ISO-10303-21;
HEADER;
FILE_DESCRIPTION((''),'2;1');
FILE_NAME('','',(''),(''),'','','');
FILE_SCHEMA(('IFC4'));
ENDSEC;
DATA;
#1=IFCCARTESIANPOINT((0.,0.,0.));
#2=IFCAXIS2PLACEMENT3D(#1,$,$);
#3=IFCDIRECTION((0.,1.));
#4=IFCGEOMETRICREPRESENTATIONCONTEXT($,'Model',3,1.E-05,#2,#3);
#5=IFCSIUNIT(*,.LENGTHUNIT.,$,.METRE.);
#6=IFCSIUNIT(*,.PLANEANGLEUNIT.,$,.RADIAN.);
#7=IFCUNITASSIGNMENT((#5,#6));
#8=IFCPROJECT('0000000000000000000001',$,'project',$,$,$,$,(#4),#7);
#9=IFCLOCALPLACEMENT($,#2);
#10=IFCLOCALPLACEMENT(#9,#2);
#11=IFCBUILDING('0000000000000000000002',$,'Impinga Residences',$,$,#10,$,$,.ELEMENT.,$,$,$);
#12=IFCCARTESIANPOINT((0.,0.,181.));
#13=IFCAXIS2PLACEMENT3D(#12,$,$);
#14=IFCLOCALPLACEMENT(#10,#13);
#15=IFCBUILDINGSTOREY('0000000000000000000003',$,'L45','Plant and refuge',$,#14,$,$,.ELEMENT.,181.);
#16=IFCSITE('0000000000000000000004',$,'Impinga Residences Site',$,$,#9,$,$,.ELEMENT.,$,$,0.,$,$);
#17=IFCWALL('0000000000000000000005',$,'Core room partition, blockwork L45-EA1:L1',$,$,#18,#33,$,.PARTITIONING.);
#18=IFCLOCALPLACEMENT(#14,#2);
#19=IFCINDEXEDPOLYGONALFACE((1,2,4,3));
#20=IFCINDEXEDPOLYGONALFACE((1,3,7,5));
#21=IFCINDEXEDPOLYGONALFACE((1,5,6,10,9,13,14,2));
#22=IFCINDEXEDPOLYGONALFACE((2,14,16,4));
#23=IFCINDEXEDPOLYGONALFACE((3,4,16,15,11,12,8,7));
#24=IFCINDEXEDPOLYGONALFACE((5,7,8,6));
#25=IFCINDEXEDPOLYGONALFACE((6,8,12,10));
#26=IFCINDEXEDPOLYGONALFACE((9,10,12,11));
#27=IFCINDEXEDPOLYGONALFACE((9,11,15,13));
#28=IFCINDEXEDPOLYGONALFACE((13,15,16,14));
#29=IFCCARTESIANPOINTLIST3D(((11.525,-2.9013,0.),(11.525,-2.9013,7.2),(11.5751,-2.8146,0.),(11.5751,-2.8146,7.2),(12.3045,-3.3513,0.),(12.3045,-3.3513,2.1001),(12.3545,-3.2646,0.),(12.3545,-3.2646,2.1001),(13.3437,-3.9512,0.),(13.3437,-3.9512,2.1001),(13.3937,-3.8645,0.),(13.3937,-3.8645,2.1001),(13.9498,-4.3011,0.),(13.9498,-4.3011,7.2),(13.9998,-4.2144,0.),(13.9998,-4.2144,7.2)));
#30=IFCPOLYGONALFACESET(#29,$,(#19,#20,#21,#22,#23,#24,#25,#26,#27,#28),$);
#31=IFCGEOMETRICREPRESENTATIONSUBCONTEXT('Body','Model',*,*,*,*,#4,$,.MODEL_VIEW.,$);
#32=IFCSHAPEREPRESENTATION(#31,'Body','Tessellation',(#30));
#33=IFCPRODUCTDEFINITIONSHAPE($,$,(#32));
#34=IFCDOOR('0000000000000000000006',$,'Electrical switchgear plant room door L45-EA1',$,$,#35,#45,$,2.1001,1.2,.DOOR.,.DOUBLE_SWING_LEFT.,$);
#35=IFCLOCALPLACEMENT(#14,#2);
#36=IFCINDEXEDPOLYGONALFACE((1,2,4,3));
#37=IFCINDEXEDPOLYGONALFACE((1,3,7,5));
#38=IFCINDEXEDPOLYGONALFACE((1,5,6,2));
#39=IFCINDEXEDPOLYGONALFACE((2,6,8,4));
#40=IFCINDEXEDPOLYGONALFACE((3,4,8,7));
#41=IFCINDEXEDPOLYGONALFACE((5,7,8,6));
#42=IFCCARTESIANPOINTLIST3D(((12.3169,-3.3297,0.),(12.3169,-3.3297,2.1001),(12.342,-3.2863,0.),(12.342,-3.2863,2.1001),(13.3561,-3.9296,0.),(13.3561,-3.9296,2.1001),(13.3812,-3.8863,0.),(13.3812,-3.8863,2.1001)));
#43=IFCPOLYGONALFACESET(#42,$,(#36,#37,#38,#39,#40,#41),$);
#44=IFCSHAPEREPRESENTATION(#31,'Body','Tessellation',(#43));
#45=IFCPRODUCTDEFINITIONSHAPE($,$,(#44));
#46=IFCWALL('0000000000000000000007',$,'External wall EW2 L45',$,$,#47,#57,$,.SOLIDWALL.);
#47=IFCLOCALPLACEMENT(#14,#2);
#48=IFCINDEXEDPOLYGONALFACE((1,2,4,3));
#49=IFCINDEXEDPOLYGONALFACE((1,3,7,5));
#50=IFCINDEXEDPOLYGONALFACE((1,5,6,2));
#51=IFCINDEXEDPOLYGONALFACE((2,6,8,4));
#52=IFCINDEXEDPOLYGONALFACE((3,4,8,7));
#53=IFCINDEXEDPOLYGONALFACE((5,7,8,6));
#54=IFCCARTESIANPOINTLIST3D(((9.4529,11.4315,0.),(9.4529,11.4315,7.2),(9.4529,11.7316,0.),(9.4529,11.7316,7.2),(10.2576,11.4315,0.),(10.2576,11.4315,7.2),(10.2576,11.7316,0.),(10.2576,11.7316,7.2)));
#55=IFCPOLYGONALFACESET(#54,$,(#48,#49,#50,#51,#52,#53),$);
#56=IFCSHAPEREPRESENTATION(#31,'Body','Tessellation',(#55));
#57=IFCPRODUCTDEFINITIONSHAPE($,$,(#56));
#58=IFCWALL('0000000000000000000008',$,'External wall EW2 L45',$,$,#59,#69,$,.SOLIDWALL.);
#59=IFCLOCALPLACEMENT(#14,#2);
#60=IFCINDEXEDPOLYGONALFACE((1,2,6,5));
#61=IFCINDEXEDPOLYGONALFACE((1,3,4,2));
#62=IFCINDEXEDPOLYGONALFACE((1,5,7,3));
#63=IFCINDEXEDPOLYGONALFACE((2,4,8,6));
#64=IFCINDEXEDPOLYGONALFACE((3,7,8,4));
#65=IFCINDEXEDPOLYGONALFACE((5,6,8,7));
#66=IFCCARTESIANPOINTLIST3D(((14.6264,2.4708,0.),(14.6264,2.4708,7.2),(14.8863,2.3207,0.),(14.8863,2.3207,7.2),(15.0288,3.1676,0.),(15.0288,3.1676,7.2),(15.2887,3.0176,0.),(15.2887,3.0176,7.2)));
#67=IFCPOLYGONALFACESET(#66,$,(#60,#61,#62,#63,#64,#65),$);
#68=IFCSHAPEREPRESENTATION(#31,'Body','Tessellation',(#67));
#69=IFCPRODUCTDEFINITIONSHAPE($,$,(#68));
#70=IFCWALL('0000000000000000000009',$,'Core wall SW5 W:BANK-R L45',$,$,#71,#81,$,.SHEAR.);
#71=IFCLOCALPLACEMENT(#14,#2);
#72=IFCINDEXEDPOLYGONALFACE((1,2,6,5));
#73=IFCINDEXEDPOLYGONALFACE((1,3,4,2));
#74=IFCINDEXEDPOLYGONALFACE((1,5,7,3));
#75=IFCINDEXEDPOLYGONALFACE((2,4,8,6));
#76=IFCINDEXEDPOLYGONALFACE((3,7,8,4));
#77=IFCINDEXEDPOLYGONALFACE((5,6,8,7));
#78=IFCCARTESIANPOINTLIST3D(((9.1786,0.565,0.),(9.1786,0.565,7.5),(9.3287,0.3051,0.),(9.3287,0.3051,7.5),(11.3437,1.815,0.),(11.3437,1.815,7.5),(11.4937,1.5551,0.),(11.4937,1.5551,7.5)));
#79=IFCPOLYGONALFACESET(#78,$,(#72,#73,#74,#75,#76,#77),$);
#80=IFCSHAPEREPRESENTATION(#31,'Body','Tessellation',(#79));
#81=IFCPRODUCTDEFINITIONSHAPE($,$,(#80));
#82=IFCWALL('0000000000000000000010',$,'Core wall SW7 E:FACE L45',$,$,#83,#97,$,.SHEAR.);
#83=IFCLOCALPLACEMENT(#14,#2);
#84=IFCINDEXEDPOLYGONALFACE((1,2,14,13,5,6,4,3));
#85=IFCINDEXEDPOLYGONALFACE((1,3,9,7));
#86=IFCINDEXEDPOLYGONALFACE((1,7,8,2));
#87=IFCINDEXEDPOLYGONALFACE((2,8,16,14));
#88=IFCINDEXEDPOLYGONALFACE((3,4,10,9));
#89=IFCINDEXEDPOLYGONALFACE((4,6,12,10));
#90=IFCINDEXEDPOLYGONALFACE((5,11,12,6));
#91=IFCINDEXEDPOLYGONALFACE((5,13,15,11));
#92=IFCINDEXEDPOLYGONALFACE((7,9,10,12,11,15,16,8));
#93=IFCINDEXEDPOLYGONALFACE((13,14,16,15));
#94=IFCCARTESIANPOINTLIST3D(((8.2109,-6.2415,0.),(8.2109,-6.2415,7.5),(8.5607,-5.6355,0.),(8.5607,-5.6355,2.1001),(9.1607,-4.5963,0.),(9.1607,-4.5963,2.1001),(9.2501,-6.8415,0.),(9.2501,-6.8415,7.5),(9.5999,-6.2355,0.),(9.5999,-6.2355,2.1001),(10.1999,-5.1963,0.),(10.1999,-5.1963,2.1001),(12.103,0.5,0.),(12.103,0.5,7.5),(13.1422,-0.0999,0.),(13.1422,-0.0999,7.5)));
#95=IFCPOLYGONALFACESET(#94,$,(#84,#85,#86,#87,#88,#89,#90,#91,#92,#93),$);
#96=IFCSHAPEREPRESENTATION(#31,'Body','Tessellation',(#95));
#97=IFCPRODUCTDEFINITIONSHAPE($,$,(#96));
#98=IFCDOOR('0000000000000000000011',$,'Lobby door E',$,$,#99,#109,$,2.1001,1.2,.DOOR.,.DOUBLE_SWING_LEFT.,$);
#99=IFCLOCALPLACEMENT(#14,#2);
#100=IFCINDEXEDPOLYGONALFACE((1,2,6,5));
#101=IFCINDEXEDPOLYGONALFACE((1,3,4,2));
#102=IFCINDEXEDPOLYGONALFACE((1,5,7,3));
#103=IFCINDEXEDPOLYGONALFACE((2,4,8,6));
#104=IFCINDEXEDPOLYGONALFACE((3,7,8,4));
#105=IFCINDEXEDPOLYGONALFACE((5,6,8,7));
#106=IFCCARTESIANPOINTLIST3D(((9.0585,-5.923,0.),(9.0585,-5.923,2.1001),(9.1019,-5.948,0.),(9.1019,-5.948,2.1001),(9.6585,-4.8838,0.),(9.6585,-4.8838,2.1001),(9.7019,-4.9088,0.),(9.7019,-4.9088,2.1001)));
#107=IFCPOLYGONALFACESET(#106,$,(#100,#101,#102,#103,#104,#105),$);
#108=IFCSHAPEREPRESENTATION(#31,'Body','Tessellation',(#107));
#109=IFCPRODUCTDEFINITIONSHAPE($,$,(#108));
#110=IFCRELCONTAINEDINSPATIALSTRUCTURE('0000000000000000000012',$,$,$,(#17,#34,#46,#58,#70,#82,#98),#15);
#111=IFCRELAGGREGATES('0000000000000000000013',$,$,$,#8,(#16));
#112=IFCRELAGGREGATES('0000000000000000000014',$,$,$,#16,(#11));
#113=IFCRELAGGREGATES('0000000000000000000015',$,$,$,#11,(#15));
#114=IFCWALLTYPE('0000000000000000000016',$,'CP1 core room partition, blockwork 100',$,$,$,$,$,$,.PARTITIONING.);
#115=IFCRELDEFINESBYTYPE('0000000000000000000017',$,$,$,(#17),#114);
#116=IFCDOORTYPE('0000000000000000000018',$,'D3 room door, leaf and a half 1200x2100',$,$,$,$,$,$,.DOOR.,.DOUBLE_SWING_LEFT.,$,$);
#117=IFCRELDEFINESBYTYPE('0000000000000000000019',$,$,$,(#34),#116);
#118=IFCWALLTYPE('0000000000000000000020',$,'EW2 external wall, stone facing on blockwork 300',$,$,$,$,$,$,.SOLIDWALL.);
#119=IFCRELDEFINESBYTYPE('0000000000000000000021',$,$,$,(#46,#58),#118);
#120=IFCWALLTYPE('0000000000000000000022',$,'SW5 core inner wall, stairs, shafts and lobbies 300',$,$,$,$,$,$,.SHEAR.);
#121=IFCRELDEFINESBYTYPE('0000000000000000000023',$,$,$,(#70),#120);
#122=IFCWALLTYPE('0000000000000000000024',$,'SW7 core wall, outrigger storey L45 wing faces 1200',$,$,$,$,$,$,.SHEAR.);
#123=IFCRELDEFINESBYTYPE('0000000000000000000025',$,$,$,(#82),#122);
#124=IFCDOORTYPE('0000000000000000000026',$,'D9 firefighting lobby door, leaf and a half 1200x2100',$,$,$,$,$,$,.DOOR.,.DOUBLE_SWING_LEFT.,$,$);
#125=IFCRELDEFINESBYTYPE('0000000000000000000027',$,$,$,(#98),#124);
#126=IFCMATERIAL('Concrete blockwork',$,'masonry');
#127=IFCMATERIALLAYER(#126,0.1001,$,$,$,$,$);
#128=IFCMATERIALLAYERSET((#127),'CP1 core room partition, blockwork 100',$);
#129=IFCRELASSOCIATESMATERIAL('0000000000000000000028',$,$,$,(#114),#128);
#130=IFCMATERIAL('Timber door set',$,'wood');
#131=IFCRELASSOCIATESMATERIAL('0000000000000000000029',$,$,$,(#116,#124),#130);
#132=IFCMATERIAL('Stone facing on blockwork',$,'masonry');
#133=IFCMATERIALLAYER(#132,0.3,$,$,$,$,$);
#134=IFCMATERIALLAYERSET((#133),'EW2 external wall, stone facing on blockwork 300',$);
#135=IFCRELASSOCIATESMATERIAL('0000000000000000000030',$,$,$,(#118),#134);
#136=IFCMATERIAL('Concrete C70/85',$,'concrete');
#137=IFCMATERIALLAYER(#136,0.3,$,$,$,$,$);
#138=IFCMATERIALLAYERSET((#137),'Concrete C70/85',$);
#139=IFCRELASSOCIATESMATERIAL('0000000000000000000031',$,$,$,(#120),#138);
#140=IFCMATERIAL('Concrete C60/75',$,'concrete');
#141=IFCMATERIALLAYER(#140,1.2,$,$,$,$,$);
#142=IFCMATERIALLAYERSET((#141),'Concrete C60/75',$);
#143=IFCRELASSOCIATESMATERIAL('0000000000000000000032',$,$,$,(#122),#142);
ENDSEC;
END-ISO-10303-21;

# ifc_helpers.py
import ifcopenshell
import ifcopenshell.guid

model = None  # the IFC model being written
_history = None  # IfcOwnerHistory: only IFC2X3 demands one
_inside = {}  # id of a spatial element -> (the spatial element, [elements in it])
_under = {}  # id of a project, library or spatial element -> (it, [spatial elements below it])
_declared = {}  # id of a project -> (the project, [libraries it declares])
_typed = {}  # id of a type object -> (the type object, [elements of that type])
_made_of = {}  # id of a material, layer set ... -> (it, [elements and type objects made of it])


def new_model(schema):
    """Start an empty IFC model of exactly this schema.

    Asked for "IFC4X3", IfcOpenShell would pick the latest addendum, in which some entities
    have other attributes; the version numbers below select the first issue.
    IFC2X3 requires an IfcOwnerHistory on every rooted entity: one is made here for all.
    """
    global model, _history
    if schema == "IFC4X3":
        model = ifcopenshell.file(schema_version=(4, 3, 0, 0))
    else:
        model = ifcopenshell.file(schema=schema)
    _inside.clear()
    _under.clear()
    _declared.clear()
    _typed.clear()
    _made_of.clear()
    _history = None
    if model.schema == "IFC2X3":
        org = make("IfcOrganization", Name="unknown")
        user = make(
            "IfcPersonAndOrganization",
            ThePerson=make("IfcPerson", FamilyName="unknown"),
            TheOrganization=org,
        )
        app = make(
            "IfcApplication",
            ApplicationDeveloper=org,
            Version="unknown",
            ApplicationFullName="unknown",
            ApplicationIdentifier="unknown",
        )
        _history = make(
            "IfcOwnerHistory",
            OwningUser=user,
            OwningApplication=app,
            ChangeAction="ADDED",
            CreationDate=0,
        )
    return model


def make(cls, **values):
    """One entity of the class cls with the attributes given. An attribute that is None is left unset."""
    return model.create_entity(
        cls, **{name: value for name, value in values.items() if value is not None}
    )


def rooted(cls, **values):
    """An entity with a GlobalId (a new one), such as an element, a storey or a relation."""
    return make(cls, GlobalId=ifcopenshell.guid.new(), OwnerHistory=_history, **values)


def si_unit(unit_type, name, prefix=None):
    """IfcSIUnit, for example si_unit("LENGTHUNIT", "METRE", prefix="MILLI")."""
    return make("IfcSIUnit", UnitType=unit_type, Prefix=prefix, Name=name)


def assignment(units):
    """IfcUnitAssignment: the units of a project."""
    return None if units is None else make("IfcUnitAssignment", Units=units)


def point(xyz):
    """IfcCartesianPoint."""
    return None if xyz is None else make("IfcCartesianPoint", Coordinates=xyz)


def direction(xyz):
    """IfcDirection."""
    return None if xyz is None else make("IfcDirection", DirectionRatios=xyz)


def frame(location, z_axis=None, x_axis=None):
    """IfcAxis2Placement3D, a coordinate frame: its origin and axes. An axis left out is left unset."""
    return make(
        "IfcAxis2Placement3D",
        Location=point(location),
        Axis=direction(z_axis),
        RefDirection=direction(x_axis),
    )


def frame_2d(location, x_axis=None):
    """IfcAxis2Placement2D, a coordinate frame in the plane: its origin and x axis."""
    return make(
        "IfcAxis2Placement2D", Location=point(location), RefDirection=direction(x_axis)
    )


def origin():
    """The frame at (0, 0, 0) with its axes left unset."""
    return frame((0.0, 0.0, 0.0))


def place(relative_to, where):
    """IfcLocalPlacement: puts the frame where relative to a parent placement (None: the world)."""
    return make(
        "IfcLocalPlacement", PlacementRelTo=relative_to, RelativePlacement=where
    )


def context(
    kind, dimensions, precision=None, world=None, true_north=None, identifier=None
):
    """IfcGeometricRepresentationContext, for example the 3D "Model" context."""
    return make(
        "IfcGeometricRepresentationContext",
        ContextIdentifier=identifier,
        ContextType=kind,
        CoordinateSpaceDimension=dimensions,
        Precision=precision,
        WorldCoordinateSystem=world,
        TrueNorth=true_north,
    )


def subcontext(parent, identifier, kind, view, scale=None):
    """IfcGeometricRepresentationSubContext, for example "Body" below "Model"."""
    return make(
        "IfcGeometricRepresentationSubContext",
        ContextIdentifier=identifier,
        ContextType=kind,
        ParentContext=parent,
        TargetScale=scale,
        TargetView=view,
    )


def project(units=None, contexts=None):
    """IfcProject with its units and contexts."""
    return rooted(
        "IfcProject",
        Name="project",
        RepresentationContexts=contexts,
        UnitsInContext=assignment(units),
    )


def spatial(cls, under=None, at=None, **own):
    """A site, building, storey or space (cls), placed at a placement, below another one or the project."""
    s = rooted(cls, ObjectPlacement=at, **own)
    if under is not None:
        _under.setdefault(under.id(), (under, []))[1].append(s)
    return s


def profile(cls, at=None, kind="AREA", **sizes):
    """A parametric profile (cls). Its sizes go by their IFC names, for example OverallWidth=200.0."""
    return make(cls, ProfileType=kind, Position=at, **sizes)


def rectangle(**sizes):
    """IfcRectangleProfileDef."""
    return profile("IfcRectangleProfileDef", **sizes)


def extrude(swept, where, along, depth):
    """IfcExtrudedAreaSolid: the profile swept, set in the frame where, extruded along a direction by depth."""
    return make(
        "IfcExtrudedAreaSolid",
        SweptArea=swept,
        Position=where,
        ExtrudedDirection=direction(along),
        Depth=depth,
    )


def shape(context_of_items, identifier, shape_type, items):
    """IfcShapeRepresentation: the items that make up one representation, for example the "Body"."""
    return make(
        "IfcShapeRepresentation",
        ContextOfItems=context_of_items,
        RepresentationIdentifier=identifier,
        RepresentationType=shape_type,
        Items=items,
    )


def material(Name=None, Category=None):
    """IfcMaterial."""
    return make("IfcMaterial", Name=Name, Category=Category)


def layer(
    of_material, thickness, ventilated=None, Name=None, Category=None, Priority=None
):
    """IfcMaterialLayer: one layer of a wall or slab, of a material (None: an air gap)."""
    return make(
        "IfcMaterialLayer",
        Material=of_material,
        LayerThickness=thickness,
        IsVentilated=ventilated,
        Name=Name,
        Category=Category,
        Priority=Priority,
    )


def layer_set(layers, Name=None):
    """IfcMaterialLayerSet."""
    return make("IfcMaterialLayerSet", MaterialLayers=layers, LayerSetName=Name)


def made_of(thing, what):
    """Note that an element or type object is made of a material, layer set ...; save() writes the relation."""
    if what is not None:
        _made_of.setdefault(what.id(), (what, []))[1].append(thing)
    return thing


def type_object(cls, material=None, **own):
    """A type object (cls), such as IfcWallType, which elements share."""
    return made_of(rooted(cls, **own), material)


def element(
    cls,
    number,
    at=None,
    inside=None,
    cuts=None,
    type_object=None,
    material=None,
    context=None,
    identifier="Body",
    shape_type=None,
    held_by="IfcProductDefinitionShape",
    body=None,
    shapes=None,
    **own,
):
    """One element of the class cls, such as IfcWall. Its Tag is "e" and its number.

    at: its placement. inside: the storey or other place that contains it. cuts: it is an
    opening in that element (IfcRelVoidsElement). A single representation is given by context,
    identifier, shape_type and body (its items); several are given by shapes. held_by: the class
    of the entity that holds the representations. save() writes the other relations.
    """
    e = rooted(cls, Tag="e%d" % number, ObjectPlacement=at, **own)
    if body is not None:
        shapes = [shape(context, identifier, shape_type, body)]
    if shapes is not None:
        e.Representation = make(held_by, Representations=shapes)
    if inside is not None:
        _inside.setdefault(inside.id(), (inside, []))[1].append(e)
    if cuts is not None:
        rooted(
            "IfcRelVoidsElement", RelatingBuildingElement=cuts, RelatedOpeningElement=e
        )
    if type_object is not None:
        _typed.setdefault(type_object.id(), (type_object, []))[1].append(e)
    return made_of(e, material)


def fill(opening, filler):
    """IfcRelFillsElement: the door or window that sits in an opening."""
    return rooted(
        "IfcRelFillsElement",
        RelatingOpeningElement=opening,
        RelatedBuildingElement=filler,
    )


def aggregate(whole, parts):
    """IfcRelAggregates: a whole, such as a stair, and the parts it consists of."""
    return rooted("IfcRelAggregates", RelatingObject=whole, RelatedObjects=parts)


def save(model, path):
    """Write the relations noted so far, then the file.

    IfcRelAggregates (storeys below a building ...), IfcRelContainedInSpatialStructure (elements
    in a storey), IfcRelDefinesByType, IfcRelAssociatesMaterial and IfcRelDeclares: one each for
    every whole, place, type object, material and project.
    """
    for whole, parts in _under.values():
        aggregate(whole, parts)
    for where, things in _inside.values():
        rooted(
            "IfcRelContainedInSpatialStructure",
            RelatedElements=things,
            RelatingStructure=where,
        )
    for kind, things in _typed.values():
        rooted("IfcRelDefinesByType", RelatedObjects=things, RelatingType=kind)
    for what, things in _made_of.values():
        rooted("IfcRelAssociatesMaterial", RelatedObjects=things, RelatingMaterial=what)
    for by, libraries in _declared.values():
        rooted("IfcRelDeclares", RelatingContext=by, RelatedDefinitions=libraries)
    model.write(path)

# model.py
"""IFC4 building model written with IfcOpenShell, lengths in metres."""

from ifc_helpers import new_model, si_unit, direction, frame, frame_2d, origin, place, context, subcontext, project, spatial, rectangle, extrude, material, layer, layer_set, type_object, element, fill, save


model = new_model("IFC4")

# Units and contexts
model_context = context("Model", 3, precision=1e-05, world=origin(), true_north=direction((0.0, 1.0)))
body_context = subcontext(model_context, "Body", "Model", "MODEL_VIEW")
ifc_project = project(units=[si_unit("LENGTHUNIT", "METRE"), si_unit("PLANEANGLEUNIT", "RADIAN")], contexts=[model_context])

# Site, building, storey
site_placement = place(None, origin())
site = spatial("IfcSite", under=ifc_project, at=site_placement, Name="Impinga Residences Site", CompositionType="ELEMENT", RefElevation=0.0)
building_placement = place(site_placement, origin())
building = spatial("IfcBuilding", under=site, at=building_placement, Name="Impinga Residences", CompositionType="ELEMENT")
storey_placement = place(building_placement, frame((0.0, 0.0, 181.0)))
storey = spatial("IfcBuildingStorey", under=building, at=storey_placement, Name="L45", Description="Plant and refuge", CompositionType="ELEMENT", Elevation=181.0)

# Shared definitions
ifc_material_1 = material(Name="Concrete C60/75", Category="concrete")

# Wall, opening, door
ifc_material_2 = material(Name="Concrete blockwork", Category="masonry")
ifc_layer_1 = layer(ifc_material_2, 0.1001)
ifc_layer_set_1 = layer_set([ifc_layer_1], Name="CP1 core room partition, blockwork 100")
wall_type_1 = type_object("IfcWallType", Name="CP1 core room partition, blockwork 100", PredefinedType="PARTITIONING", material=ifc_layer_set_1)
wall_1_placement = place(storey_placement, frame((11.55, -2.8579, 0.0), z_axis=(0.0, 0.0, 1.0), x_axis=(0.866035, -0.499984, 0.0)))
wall_1 = element("IfcWall", 1, at=wall_1_placement, inside=storey, type_object=wall_type_1, Name="Core room partition, blockwork L45-EA1:L1", PredefinedType="PARTITIONING", context=body_context, shape_type="SweptSolid", body=[
    extrude(rectangle(XDim=2.7998, YDim=0.1001, at=frame_2d((1.3999, 0.0))), origin(), (0.0, 0.0, 1.0), 7.2),
])
opening_1_placement = place(wall_1_placement, frame((0.8999, 0.0, 0.0)))
opening_1 = element("IfcOpeningElement", 2, at=opening_1_placement, cuts=wall_1, PredefinedType="OPENING", context=body_context, shape_type="SweptSolid", body=[
    extrude(rectangle(XDim=1.2, YDim=2.1001, at=frame_2d((0.6001, 1.05))), frame((0.0, 0.0601, 0.0), z_axis=(0.0, -1.0, 0.0), x_axis=(1.0, 0.0, 0.0)), (0.0, 0.0, 1.0), 0.1201),
])
ifc_material_3 = material(Name="Timber door set", Category="wood")
door_type_1 = type_object("IfcDoorType", Name="D3 room door, leaf and a half 1200x2100", OperationType="DOUBLE_SWING_LEFT", PredefinedType="DOOR", material=ifc_material_3)
door_1_placement = place(opening_1_placement, origin())
door_1 = element("IfcDoor", 3, at=door_1_placement, inside=storey, type_object=door_type_1, Name="Electrical switchgear plant room door L45-EA1", OperationType="DOUBLE_SWING_LEFT", OverallHeight=2.1001, OverallWidth=1.2, PredefinedType="DOOR", context=body_context, shape_type="SweptSolid", body=[
    extrude(rectangle(XDim=1.2, YDim=2.1001, at=frame_2d((0.6001, 1.05))), frame((0.0, 0.0249, 0.0), z_axis=(0.0, -1.0, 0.0), x_axis=(1.0, 0.0, 0.0)), (0.0, 0.0, 1.0), 0.05),
])
fill(opening_1, door_1)

# Walls
ifc_material_4 = material(Name="Stone facing on blockwork", Category="masonry")
ifc_layer_2 = layer(ifc_material_4, 0.3)
ifc_layer_set_2 = layer_set([ifc_layer_2], Name="EW2 external wall, stone facing on blockwork 300")
wall_type_2 = type_object("IfcWallType", Name="EW2 external wall, stone facing on blockwork 300", PredefinedType="SOLIDWALL", material=ifc_layer_set_2)
for number, where, z_axis, x_axis, name in (
    (4, (10.2576, 11.5815, 0.0), (0.0, 0.0, 1.0), (-1.0, 0.0, 0.0), "External wall EW2 L45"),
    (5, (14.7563, 2.3958, 0.0), (0.0, 0.0, 1.0), (0.500055, 0.865994, 0.0), "External wall EW2 L45"),
):
    element("IfcWall", number, at=place(storey_placement, frame(where, z_axis=z_axis, x_axis=x_axis)), inside=storey, type_object=wall_type_2, Name=name, PredefinedType="SOLIDWALL", context=body_context, shape_type="SweptSolid", body=[
        extrude(rectangle(XDim=0.8047, YDim=0.3, at=frame_2d((0.4023, 0.0))), origin(), (0.0, 0.0, 1.0), 7.2),
    ])
ifc_material_5 = material(Name="Concrete C70/85", Category="concrete")
ifc_layer_3 = layer(ifc_material_5, 0.3)
ifc_layer_set_3 = layer_set([ifc_layer_3], Name="Concrete C70/85")
wall_type_3 = type_object("IfcWallType", Name="SW5 core inner wall, stairs, shafts and lobbies 300", PredefinedType="SHEAR", material=ifc_layer_set_3)
wall_2_placement = place(storey_placement, frame((9.2537, 0.4351, 0.0), z_axis=(0.0, 0.0, 1.0), x_axis=(0.866023, 0.500004, 0.0)))
element("IfcWall", 6, at=wall_2_placement, inside=storey, type_object=wall_type_3, Name="Core wall SW5 W:BANK-R L45", PredefinedType="SHEAR", context=body_context, shape_type="SweptSolid", body=[
    extrude(rectangle(XDim=2.5, YDim=0.3, at=frame_2d((1.25, 0.0))), origin(), (0.0, 0.0, 1.0), 7.5),
])

# Wall, opening, door
ifc_layer_4 = layer(ifc_material_1, 1.2)
ifc_layer_set_4 = layer_set([ifc_layer_4], Name="Concrete C60/75")
wall_type_4 = type_object("IfcWallType", Name="SW7 core wall, outrigger storey L45 wing faces 1200", PredefinedType="SHEAR", material=ifc_layer_set_4)
wall_3_placement = place(storey_placement, frame((12.6226, 0.2, 0.0), z_axis=(0.0, 0.0, 1.0), x_axis=(-0.499991, -0.86603, 0.0)))
wall_3 = element("IfcWall", 7, at=wall_3_placement, inside=storey, type_object=wall_type_4, Name="Core wall SW7 E:FACE L45", PredefinedType="SHEAR", context=body_context, shape_type="SweptSolid", body=[
    extrude(rectangle(XDim=7.7844, YDim=1.2, at=frame_2d((3.8921, 0.0))), origin(), (0.0, 0.0, 1.0), 7.5),
])
opening_2_placement = place(wall_3_placement, frame((5.8845, 0.0, 0.0)))
opening_2 = element("IfcOpeningElement", 8, at=opening_2_placement, cuts=wall_3, PredefinedType="OPENING", context=body_context, shape_type="SweptSolid", body=[
    extrude(rectangle(XDim=1.2, YDim=2.1001, at=frame_2d((0.6001, 1.05))), frame((0.0, 0.6099, 0.0), z_axis=(0.0, -1.0, 0.0), x_axis=(1.0, 0.0, 0.0)), (0.0, 0.0, 1.0), 1.22),
])
door_type_2 = type_object("IfcDoorType", Name="D9 firefighting lobby door, leaf and a half 1200x2100", OperationType="DOUBLE_SWING_LEFT", PredefinedType="DOOR", material=ifc_material_3)
door_2_placement = place(opening_2_placement, origin())
door_2 = element("IfcDoor", 9, at=door_2_placement, inside=storey, type_object=door_type_2, Name="Lobby door E", OperationType="DOUBLE_SWING_LEFT", OverallHeight=2.1001, OverallWidth=1.2, PredefinedType="DOOR", context=body_context, shape_type="SweptSolid", body=[
    extrude(rectangle(XDim=1.2, YDim=2.1001, at=frame_2d((0.6001, 1.05))), frame((0.0, 0.0249, 0.0), z_axis=(0.0, -1.0, 0.0), x_axis=(1.0, 0.0, 0.0)), (0.0, 0.0, 1.0), 0.05),
])
fill(opening_2, door_2)

save(model, "model.ifc")
